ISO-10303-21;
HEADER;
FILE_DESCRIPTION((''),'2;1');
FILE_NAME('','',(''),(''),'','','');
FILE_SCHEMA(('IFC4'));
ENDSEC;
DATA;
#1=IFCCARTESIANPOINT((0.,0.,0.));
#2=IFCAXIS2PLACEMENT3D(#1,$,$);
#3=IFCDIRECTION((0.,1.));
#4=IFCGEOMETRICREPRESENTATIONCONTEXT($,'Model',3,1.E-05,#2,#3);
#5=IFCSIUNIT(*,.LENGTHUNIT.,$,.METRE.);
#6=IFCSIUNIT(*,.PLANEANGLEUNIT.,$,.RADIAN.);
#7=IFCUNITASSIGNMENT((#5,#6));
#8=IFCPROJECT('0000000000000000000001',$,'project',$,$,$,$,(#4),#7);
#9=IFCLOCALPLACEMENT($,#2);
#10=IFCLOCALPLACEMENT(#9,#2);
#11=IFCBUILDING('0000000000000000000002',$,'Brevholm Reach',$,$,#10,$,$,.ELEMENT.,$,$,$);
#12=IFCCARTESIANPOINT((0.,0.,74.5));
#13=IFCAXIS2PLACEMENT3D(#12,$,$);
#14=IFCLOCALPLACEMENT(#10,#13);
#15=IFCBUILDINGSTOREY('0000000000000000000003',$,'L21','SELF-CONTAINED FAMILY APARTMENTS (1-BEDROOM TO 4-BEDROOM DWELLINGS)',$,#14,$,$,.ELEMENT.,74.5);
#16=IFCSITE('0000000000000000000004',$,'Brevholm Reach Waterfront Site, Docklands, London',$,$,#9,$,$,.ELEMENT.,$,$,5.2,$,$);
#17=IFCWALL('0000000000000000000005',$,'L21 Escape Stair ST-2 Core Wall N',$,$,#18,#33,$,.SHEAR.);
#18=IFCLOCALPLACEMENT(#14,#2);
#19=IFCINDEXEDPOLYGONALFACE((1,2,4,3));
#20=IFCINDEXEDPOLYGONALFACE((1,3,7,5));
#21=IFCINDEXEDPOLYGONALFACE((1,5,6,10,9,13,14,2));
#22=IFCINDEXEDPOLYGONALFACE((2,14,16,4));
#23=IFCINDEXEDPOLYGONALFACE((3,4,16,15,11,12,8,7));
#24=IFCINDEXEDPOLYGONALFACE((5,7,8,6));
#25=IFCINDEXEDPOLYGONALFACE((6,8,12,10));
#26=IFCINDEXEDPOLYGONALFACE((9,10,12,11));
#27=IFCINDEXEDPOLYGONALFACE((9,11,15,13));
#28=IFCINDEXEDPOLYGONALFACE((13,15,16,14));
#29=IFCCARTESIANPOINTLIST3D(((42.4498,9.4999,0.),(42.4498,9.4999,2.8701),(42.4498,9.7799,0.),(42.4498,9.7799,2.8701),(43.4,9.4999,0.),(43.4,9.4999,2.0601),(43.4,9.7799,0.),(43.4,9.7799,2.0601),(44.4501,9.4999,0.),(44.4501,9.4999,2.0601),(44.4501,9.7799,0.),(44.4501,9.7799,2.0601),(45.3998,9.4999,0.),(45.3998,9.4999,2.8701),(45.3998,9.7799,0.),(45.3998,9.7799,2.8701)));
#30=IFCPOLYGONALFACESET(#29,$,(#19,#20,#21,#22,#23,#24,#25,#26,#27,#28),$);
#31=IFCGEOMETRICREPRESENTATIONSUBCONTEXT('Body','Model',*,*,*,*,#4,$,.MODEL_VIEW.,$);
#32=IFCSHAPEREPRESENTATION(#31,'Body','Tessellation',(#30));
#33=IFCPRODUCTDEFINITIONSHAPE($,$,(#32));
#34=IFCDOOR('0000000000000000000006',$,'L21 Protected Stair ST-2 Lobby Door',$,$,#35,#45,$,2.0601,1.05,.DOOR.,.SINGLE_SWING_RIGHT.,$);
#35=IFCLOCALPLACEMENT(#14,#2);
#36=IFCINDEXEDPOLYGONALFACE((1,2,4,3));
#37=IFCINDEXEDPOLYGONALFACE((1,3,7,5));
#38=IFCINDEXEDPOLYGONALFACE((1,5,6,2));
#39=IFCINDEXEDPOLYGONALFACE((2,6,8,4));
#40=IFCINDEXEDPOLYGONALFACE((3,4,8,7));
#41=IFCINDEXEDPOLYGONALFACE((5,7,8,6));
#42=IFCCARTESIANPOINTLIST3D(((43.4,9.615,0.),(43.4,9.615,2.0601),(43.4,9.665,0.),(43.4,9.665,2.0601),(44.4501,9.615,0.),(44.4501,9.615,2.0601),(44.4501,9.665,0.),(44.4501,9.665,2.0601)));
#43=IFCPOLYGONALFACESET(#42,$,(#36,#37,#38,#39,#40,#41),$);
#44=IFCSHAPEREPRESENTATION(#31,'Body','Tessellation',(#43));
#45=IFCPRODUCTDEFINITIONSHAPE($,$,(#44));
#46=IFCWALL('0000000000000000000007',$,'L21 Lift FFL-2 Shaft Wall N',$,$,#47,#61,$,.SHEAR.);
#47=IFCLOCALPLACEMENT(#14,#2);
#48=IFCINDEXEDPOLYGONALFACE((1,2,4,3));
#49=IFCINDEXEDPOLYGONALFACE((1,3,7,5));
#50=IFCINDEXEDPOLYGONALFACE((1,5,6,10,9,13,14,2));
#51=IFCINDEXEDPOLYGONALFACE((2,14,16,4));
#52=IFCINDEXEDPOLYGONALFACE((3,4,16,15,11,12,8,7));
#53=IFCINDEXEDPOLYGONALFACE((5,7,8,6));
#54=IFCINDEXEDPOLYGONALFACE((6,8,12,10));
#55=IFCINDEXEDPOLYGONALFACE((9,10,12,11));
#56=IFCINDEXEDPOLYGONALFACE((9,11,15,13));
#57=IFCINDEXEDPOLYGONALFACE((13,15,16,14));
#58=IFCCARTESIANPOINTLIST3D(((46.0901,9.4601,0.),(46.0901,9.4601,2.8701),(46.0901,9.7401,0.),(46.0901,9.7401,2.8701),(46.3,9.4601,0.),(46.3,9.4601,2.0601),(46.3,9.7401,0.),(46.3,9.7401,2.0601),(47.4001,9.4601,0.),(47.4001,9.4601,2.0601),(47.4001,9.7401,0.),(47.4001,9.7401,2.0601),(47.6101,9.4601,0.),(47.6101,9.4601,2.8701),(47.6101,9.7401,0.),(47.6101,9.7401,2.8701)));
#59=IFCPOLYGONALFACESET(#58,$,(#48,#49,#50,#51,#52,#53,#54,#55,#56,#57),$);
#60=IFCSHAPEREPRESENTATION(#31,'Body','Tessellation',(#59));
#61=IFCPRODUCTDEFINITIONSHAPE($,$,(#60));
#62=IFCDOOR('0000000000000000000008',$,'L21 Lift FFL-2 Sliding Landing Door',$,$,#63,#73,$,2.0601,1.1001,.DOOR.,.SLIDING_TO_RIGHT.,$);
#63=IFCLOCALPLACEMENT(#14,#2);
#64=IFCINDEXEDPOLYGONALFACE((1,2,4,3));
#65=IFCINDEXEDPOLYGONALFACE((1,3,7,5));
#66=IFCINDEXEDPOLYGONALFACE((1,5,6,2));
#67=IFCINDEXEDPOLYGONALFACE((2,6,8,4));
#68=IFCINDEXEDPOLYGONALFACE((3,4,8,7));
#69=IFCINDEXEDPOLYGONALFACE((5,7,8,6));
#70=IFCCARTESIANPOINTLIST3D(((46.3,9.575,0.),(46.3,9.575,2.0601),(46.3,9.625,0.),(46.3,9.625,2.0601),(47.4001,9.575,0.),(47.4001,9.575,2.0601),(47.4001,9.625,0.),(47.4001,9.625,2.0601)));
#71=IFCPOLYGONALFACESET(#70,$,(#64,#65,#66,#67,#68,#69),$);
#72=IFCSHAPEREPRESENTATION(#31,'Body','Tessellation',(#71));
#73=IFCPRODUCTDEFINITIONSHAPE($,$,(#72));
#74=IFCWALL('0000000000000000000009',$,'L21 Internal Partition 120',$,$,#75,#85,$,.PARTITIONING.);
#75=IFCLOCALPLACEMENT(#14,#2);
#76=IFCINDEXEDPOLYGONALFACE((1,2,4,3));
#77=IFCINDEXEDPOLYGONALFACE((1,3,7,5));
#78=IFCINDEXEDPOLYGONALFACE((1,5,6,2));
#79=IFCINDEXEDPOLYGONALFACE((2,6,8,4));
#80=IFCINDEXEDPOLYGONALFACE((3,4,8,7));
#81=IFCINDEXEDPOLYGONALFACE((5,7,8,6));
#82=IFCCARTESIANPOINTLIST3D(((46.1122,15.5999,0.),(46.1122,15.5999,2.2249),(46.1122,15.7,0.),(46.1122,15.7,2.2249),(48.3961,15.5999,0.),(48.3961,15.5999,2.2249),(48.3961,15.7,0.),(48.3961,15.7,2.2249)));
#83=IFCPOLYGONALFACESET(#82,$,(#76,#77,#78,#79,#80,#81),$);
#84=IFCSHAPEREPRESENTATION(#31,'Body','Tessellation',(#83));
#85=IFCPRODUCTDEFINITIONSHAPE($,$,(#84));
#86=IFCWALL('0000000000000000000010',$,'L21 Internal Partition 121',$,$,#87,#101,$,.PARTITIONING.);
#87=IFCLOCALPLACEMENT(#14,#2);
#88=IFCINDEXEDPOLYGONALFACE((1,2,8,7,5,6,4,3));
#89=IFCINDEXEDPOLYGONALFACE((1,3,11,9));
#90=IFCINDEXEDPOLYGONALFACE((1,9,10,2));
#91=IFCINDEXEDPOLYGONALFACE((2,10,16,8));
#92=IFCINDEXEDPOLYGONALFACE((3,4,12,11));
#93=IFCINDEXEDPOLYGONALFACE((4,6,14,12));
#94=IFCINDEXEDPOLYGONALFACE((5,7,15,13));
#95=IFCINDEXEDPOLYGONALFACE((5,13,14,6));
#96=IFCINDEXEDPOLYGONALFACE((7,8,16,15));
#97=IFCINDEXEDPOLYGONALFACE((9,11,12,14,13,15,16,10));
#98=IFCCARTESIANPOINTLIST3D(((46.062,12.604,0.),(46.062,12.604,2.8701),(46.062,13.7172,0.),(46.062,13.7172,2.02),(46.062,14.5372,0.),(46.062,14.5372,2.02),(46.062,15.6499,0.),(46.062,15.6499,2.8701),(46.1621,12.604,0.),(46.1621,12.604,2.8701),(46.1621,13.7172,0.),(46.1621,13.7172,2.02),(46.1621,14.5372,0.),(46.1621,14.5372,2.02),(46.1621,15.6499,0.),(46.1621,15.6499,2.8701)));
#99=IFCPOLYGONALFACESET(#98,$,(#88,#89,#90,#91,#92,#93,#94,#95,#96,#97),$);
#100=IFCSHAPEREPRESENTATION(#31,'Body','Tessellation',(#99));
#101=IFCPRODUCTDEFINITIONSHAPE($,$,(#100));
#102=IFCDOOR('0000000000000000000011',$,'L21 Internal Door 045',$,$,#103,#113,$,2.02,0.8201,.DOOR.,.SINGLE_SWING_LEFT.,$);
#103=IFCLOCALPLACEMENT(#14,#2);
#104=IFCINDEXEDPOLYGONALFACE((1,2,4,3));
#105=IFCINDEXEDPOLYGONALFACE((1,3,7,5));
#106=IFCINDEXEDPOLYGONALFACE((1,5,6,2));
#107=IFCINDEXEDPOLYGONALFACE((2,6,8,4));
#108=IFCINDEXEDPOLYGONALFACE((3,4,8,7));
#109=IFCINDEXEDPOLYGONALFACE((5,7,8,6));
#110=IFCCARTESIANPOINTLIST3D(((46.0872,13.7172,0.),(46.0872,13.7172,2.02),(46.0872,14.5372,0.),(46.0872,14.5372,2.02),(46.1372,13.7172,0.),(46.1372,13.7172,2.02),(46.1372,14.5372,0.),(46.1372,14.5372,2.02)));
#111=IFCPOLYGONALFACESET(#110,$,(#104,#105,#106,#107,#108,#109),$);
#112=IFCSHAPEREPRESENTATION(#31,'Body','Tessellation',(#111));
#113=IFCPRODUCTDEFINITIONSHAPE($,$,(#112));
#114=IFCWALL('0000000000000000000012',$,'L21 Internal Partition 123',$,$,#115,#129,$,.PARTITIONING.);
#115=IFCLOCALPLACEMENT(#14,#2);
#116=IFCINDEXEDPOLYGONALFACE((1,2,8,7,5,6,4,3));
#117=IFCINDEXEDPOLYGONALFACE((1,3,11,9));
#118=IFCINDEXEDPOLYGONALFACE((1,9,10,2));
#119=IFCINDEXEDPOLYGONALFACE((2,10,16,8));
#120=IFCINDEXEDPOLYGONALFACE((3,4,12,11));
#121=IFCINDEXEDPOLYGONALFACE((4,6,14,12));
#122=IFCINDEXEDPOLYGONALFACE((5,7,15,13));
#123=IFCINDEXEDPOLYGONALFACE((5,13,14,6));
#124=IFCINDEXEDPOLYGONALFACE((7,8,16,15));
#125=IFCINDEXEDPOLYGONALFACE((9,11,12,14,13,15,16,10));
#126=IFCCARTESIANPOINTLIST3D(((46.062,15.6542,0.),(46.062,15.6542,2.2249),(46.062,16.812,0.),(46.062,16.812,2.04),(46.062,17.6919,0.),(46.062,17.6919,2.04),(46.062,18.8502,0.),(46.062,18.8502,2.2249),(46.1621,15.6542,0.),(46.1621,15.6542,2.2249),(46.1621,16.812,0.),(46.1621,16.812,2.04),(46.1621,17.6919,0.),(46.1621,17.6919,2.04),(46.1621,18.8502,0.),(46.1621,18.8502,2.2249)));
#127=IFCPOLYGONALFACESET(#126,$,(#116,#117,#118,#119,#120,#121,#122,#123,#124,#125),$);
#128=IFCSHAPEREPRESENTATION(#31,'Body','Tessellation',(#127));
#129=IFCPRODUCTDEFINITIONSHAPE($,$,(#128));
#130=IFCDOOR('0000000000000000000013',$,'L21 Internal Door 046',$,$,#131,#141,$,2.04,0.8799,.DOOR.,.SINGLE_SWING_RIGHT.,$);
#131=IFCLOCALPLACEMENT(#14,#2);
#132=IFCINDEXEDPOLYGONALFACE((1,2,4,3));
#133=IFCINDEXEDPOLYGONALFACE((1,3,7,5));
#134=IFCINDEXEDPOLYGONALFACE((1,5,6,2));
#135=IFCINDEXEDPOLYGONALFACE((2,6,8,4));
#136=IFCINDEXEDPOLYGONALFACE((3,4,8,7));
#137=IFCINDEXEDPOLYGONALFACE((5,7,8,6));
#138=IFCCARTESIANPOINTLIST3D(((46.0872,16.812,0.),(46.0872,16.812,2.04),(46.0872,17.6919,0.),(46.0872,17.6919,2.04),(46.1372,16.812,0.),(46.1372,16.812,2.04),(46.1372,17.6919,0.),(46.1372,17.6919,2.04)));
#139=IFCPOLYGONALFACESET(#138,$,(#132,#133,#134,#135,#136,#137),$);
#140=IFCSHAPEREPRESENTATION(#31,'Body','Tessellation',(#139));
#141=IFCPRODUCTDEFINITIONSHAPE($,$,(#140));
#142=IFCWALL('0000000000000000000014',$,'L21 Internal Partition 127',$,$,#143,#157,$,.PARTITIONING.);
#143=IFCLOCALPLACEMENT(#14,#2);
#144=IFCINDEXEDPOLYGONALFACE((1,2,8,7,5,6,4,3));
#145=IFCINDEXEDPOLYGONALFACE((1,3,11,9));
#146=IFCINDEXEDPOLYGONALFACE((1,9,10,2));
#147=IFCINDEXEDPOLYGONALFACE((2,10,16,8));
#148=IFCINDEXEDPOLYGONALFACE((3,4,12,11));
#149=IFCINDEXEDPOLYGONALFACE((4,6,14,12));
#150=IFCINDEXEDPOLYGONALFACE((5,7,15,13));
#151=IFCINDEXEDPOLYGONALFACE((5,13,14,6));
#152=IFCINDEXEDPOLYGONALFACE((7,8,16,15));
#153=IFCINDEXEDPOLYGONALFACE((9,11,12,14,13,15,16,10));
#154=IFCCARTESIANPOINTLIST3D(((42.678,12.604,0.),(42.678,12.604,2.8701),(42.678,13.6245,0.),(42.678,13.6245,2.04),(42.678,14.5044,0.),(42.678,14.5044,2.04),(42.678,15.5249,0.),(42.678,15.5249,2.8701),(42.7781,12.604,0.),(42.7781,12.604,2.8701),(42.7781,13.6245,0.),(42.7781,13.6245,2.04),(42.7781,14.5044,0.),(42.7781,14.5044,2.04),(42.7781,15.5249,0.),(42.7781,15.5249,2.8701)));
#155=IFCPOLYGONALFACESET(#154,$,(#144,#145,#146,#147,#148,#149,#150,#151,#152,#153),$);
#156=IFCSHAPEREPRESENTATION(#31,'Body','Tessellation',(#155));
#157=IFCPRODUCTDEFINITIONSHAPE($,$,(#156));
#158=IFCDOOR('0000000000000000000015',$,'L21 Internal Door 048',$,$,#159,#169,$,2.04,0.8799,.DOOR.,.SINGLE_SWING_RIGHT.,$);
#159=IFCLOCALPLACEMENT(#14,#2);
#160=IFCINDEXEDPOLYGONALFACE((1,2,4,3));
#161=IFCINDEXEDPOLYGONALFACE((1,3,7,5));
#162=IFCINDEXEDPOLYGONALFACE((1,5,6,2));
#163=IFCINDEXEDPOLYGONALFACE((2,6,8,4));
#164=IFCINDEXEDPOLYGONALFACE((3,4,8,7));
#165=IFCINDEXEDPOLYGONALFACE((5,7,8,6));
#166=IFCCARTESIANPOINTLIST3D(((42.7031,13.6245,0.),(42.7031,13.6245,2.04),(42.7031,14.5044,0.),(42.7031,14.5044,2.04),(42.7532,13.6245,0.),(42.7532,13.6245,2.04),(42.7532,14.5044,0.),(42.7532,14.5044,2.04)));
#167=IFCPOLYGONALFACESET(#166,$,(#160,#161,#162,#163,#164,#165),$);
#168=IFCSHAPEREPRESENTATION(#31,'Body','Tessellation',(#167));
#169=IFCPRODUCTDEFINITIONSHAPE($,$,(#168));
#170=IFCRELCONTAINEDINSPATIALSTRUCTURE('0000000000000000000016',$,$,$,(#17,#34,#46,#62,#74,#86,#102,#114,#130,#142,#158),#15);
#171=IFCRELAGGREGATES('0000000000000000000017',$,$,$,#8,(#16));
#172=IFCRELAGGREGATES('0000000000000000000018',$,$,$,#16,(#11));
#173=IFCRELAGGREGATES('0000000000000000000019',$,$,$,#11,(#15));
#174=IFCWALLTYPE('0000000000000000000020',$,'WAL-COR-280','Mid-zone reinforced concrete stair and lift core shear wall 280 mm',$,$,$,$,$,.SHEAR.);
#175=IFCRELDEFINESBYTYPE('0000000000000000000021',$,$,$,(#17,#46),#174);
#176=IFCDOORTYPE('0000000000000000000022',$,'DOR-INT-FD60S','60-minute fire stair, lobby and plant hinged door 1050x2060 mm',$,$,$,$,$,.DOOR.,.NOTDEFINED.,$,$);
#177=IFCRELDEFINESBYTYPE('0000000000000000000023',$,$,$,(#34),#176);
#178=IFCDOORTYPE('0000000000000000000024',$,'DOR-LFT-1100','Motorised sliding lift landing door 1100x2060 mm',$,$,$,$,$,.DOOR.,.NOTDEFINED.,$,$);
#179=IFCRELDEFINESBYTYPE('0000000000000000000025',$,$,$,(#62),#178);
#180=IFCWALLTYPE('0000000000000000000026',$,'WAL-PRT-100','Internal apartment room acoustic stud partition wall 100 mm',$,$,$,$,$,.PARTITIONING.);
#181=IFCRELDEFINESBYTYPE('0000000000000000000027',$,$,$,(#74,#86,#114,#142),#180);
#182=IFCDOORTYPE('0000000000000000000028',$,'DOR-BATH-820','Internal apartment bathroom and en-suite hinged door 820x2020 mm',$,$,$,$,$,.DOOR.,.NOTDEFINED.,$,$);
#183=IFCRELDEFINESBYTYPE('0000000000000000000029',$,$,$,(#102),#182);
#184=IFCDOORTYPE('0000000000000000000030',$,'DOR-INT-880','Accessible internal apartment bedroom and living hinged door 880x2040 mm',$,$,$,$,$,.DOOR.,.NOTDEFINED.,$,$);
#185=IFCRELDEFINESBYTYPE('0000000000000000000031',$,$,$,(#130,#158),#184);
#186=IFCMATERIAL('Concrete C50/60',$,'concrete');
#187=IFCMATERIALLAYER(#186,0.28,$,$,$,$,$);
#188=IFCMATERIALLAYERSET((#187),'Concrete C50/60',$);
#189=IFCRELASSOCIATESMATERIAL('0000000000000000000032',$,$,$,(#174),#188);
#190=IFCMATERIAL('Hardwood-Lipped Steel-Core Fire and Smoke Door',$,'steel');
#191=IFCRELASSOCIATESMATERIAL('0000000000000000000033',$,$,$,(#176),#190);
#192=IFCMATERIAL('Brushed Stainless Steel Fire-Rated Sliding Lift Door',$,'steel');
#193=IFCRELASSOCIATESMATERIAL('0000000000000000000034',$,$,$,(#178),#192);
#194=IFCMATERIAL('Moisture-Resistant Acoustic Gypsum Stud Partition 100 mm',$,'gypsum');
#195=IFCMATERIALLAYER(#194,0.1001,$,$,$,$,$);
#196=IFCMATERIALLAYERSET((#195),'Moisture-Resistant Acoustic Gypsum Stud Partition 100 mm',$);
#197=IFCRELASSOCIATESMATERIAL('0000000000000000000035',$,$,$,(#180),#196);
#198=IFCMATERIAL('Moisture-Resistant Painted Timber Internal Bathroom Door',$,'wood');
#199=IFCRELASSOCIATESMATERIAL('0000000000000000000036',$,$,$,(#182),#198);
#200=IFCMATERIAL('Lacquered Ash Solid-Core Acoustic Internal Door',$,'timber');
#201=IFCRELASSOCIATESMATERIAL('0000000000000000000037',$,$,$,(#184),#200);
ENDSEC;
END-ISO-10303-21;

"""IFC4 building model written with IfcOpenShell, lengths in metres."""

from ifc_helpers import new_model, si_unit, direction, frame, frame_2d, origin, place, context, subcontext, project, spatial, rectangle, extrude, material, layer, layer_set, type_object, element, fill, save


model = new_model("IFC4")

# Units and contexts
model_context = context("Model", 3, precision=1e-05, world=origin(), true_north=direction((0.0, 1.0)))
body_context = subcontext(model_context, "Body", "Model", "MODEL_VIEW")
ifc_project = project(units=[si_unit("LENGTHUNIT", "METRE"), si_unit("PLANEANGLEUNIT", "RADIAN")], contexts=[model_context])

# Site, building, storey
site_placement = place(None, origin())
site = spatial("IfcSite", under=ifc_project, at=site_placement, Name="Brevholm Reach Waterfront Site, Docklands, London", CompositionType="ELEMENT", RefElevation=5.2)
building_placement = place(site_placement, origin())
building = spatial("IfcBuilding", under=site, at=building_placement, Name="Brevholm Reach", CompositionType="ELEMENT")
storey_placement = place(building_placement, frame((0.0, 0.0, 74.5)))
storey = spatial("IfcBuildingStorey", under=building, at=storey_placement, Name="L21", Description="SELF-CONTAINED FAMILY APARTMENTS (1-BEDROOM TO 4-BEDROOM DWELLINGS)", CompositionType="ELEMENT", Elevation=74.5)

# Walls, openings, doors
ifc_material_1 = material(Name="Concrete C50/60", Category="concrete")
ifc_layer_1 = layer(ifc_material_1, 0.28)
ifc_layer_set_1 = layer_set([ifc_layer_1], Name="Concrete C50/60")
wall_type_1 = type_object("IfcWallType", Name="WAL-COR-280", Description="Mid-zone reinforced concrete stair and lift core shear wall 280 mm", PredefinedType="SHEAR", material=ifc_layer_set_1)
wall_1_placement = place(storey_placement, frame((45.3999, 9.6399, 0.0), z_axis=(0.0, 0.0, 1.0), x_axis=(-1.0, 0.0, 0.0)))
wall_1 = element("IfcWall", 1, at=wall_1_placement, inside=storey, type_object=wall_type_1, Name="L21 Escape Stair ST-2 Core Wall N", PredefinedType="SHEAR", context=body_context, shape_type="SweptSolid", body=[
    extrude(rectangle(XDim=2.95, YDim=0.28, at=frame_2d((1.4751, 0.0))), origin(), (0.0, 0.0, 1.0), 2.8701),
])
opening_1_placement = place(wall_1_placement, frame((0.95, 0.0, 0.0)))
opening_1 = element("IfcOpeningElement", 2, at=opening_1_placement, cuts=wall_1, PredefinedType="OPENING", context=body_context, shape_type="SweptSolid", body=[
    extrude(rectangle(XDim=1.05, YDim=2.0601, at=frame_2d((0.5249, 1.03))), frame((0.0, 0.1499, 0.0), z_axis=(0.0, -1.0, 0.0), x_axis=(1.0, 0.0, 0.0)), (0.0, 0.0, 1.0), 0.3),
])
ifc_material_2 = material(Name="Hardwood-Lipped Steel-Core Fire and Smoke Door", Category="steel")
door_type_1 = type_object("IfcDoorType", Name="DOR-INT-FD60S", Description="60-minute fire stair, lobby and plant hinged door 1050x2060 mm", OperationType="NOTDEFINED", PredefinedType="DOOR", material=ifc_material_2)
door_1_placement = place(opening_1_placement, origin())
door_1 = element("IfcDoor", 3, at=door_1_placement, inside=storey, type_object=door_type_1, Name="L21 Protected Stair ST-2 Lobby Door", OperationType="SINGLE_SWING_RIGHT", OverallHeight=2.0601, OverallWidth=1.05, PredefinedType="DOOR", context=body_context, shape_type="SweptSolid", body=[
    extrude(rectangle(XDim=1.05, YDim=2.0601, at=frame_2d((0.5249, 1.03))), frame((0.0, 0.0249, 0.0), z_axis=(0.0, -1.0, 0.0), x_axis=(1.0, 0.0, 0.0)), (0.0, 0.0, 1.0), 0.05),
])
fill(opening_1, door_1)
wall_2_placement = place(storey_placement, frame((46.0901, 9.6001, 0.0), z_axis=(0.0, 0.0, 1.0), x_axis=(1.0, 0.0, 0.0)))
wall_2 = element("IfcWall", 4, at=wall_2_placement, inside=storey, type_object=wall_type_1, Name="L21 Lift FFL-2 Shaft Wall N", PredefinedType="SHEAR", context=body_context, shape_type="SweptSolid", body=[
    extrude(rectangle(XDim=1.52, YDim=0.28, at=frame_2d((0.76, 0.0))), origin(), (0.0, 0.0, 1.0), 2.8701),
])
opening_2_placement = place(wall_2_placement, frame((0.21, 0.0, 0.0)))
opening_2 = element("IfcOpeningElement", 5, at=opening_2_placement, cuts=wall_2, PredefinedType="OPENING", context=body_context, shape_type="SweptSolid", body=[
    extrude(rectangle(XDim=1.1001, YDim=2.0601, at=frame_2d((0.55, 1.03))), frame((0.0, 0.1499, 0.0), z_axis=(0.0, -1.0, 0.0), x_axis=(1.0, 0.0, 0.0)), (0.0, 0.0, 1.0), 0.3),
])
ifc_material_3 = material(Name="Brushed Stainless Steel Fire-Rated Sliding Lift Door", Category="steel")
door_type_2 = type_object("IfcDoorType", Name="DOR-LFT-1100", Description="Motorised sliding lift landing door 1100x2060 mm", OperationType="NOTDEFINED", PredefinedType="DOOR", material=ifc_material_3)
door_2_placement = place(opening_2_placement, origin())
door_2 = element("IfcDoor", 6, at=door_2_placement, inside=storey, type_object=door_type_2, Name="L21 Lift FFL-2 Sliding Landing Door", OperationType="SLIDING_TO_RIGHT", OverallHeight=2.0601, OverallWidth=1.1001, PredefinedType="DOOR", context=body_context, shape_type="SweptSolid", body=[
    extrude(rectangle(XDim=1.1001, YDim=2.0601, at=frame_2d((0.55, 1.03))), frame((0.0, 0.0249, 0.0), z_axis=(0.0, -1.0, 0.0), x_axis=(1.0, 0.0, 0.0)), (0.0, 0.0, 1.0), 0.05),
])
fill(opening_2, door_2)

# Wall
ifc_material_4 = material(Name="Moisture-Resistant Acoustic Gypsum Stud Partition 100 mm", Category="gypsum")
ifc_layer_2 = layer(ifc_material_4, 0.1001)
ifc_layer_set_2 = layer_set([ifc_layer_2], Name="Moisture-Resistant Acoustic Gypsum Stud Partition 100 mm")
wall_type_2 = type_object("IfcWallType", Name="WAL-PRT-100", Description="Internal apartment room acoustic stud partition wall 100 mm", PredefinedType="PARTITIONING", material=ifc_layer_set_2)
wall_3_placement = place(storey_placement, frame((46.1121, 15.6499, 0.0), z_axis=(0.0, 0.0, 1.0), x_axis=(1.0, 0.0, 0.0)))
element("IfcWall", 7, at=wall_3_placement, inside=storey, type_object=wall_type_2, Name="L21 Internal Partition 120", PredefinedType="PARTITIONING", context=body_context, shape_type="SweptSolid", body=[
    extrude(rectangle(XDim=2.2839, YDim=0.1001, at=frame_2d((1.1421, 0.0))), origin(), (0.0, 0.0, 1.0), 2.2249),
])

# Walls, openings, doors
wall_4_placement = place(storey_placement, frame((46.1121, 12.604, 0.0), z_axis=(0.0, 0.0, 1.0), x_axis=(0.0, 1.0, 0.0)))
wall_4 = element("IfcWall", 8, at=wall_4_placement, inside=storey, type_object=wall_type_2, Name="L21 Internal Partition 121", PredefinedType="PARTITIONING", context=body_context, shape_type="SweptSolid", body=[
    extrude(rectangle(XDim=3.0459, YDim=0.1001, at=frame_2d((1.5229, 0.0))), origin(), (0.0, 0.0, 1.0), 2.8701),
])
opening_3_placement = place(wall_4_placement, frame((1.113, 0.0, 0.0)))
opening_3 = element("IfcOpeningElement", 9, at=opening_3_placement, cuts=wall_4, PredefinedType="OPENING", context=body_context, shape_type="SweptSolid", body=[
    extrude(rectangle(XDim=0.8201, YDim=2.02, at=frame_2d((0.4102, 1.01))), frame((0.0, 0.0601, 0.0), z_axis=(0.0, -1.0, 0.0), x_axis=(1.0, 0.0, 0.0)), (0.0, 0.0, 1.0), 0.1201),
])
ifc_material_5 = material(Name="Moisture-Resistant Painted Timber Internal Bathroom Door", Category="wood")
door_type_3 = type_object("IfcDoorType", Name="DOR-BATH-820", Description="Internal apartment bathroom and en-suite hinged door 820x2020 mm", OperationType="NOTDEFINED", PredefinedType="DOOR", material=ifc_material_5)
door_3_placement = place(opening_3_placement, origin())
door_3 = element("IfcDoor", 10, at=door_3_placement, inside=storey, type_object=door_type_3, Name="L21 Internal Door 045", OperationType="SINGLE_SWING_LEFT", OverallHeight=2.02, OverallWidth=0.8201, PredefinedType="DOOR", context=body_context, shape_type="SweptSolid", body=[
    extrude(rectangle(XDim=0.8201, YDim=2.02, at=frame_2d((0.4102, 1.01))), frame((0.0, 0.0249, 0.0), z_axis=(0.0, -1.0, 0.0), x_axis=(1.0, 0.0, 0.0)), (0.0, 0.0, 1.0), 0.05),
])
fill(opening_3, door_3)
wall_5_placement = place(storey_placement, frame((46.1121, 15.6541, 0.0), z_axis=(0.0, 0.0, 1.0), x_axis=(0.0, 1.0, 0.0)))
wall_5 = element("IfcWall", 11, at=wall_5_placement, inside=storey, type_object=wall_type_2, Name="L21 Internal Partition 123", PredefinedType="PARTITIONING", context=body_context, shape_type="SweptSolid", body=[
    extrude(rectangle(XDim=3.196, YDim=0.1001, at=frame_2d((1.5981, 0.0))), origin(), (0.0, 0.0, 1.0), 2.2249),
])
opening_4_placement = place(wall_5_placement, frame((1.158, 0.0, 0.0)))
opening_4 = element("IfcOpeningElement", 12, at=opening_4_placement, cuts=wall_5, PredefinedType="OPENING", context=body_context, shape_type="SweptSolid", body=[
    extrude(rectangle(XDim=0.8799, YDim=2.04, at=frame_2d((0.4399, 1.02))), frame((0.0, 0.0601, 0.0), z_axis=(0.0, -1.0, 0.0), x_axis=(1.0, 0.0, 0.0)), (0.0, 0.0, 1.0), 0.1201),
])
ifc_material_6 = material(Name="Lacquered Ash Solid-Core Acoustic Internal Door", Category="timber")
door_type_4 = type_object("IfcDoorType", Name="DOR-INT-880", Description="Accessible internal apartment bedroom and living hinged door 880x2040 mm", OperationType="NOTDEFINED", PredefinedType="DOOR", material=ifc_material_6)
door_4_placement = place(opening_4_placement, origin())
door_4 = element("IfcDoor", 13, at=door_4_placement, inside=storey, type_object=door_type_4, Name="L21 Internal Door 046", OperationType="SINGLE_SWING_RIGHT", OverallHeight=2.04, OverallWidth=0.8799, PredefinedType="DOOR", context=body_context, shape_type="SweptSolid", body=[
    extrude(rectangle(XDim=0.8799, YDim=2.04, at=frame_2d((0.4399, 1.02))), frame((0.0, 0.0249, 0.0), z_axis=(0.0, -1.0, 0.0), x_axis=(1.0, 0.0, 0.0)), (0.0, 0.0, 1.0), 0.05),
])
fill(opening_4, door_4)
wall_6_placement = place(storey_placement, frame((42.728, 12.604, 0.0), z_axis=(0.0, 0.0, 1.0), x_axis=(0.0, 1.0, 0.0)))
wall_6 = element("IfcWall", 14, at=wall_6_placement, inside=storey, type_object=wall_type_2, Name="L21 Internal Partition 127", PredefinedType="PARTITIONING", context=body_context, shape_type="SweptSolid", body=[
    extrude(rectangle(XDim=2.9209, YDim=0.1001, at=frame_2d((1.4604, 0.0))), origin(), (0.0, 0.0, 1.0), 2.8701),
])
opening_5_placement = place(wall_6_placement, frame((1.0205, 0.0, 0.0)))
opening_5 = element("IfcOpeningElement", 15, at=opening_5_placement, cuts=wall_6, PredefinedType="OPENING", context=body_context, shape_type="SweptSolid", body=[
    extrude(rectangle(XDim=0.8799, YDim=2.04, at=frame_2d((0.4399, 1.02))), frame((0.0, 0.0601, 0.0), z_axis=(0.0, -1.0, 0.0), x_axis=(1.0, 0.0, 0.0)), (0.0, 0.0, 1.0), 0.1201),
])
door_5_placement = place(opening_5_placement, origin())
door_5 = element("IfcDoor", 16, at=door_5_placement, inside=storey, type_object=door_type_4, Name="L21 Internal Door 048", OperationType="SINGLE_SWING_RIGHT", OverallHeight=2.04, OverallWidth=0.8799, PredefinedType="DOOR", context=body_context, shape_type="SweptSolid", body=[
    extrude(rectangle(XDim=0.8799, YDim=2.04, at=frame_2d((0.4399, 1.02))), frame((0.0, 0.0249, 0.0), z_axis=(0.0, -1.0, 0.0), x_axis=(1.0, 0.0, 0.0)), (0.0, 0.0, 1.0), 0.05),
])
fill(opening_5, door_5)

save(model, "model.ifc")
